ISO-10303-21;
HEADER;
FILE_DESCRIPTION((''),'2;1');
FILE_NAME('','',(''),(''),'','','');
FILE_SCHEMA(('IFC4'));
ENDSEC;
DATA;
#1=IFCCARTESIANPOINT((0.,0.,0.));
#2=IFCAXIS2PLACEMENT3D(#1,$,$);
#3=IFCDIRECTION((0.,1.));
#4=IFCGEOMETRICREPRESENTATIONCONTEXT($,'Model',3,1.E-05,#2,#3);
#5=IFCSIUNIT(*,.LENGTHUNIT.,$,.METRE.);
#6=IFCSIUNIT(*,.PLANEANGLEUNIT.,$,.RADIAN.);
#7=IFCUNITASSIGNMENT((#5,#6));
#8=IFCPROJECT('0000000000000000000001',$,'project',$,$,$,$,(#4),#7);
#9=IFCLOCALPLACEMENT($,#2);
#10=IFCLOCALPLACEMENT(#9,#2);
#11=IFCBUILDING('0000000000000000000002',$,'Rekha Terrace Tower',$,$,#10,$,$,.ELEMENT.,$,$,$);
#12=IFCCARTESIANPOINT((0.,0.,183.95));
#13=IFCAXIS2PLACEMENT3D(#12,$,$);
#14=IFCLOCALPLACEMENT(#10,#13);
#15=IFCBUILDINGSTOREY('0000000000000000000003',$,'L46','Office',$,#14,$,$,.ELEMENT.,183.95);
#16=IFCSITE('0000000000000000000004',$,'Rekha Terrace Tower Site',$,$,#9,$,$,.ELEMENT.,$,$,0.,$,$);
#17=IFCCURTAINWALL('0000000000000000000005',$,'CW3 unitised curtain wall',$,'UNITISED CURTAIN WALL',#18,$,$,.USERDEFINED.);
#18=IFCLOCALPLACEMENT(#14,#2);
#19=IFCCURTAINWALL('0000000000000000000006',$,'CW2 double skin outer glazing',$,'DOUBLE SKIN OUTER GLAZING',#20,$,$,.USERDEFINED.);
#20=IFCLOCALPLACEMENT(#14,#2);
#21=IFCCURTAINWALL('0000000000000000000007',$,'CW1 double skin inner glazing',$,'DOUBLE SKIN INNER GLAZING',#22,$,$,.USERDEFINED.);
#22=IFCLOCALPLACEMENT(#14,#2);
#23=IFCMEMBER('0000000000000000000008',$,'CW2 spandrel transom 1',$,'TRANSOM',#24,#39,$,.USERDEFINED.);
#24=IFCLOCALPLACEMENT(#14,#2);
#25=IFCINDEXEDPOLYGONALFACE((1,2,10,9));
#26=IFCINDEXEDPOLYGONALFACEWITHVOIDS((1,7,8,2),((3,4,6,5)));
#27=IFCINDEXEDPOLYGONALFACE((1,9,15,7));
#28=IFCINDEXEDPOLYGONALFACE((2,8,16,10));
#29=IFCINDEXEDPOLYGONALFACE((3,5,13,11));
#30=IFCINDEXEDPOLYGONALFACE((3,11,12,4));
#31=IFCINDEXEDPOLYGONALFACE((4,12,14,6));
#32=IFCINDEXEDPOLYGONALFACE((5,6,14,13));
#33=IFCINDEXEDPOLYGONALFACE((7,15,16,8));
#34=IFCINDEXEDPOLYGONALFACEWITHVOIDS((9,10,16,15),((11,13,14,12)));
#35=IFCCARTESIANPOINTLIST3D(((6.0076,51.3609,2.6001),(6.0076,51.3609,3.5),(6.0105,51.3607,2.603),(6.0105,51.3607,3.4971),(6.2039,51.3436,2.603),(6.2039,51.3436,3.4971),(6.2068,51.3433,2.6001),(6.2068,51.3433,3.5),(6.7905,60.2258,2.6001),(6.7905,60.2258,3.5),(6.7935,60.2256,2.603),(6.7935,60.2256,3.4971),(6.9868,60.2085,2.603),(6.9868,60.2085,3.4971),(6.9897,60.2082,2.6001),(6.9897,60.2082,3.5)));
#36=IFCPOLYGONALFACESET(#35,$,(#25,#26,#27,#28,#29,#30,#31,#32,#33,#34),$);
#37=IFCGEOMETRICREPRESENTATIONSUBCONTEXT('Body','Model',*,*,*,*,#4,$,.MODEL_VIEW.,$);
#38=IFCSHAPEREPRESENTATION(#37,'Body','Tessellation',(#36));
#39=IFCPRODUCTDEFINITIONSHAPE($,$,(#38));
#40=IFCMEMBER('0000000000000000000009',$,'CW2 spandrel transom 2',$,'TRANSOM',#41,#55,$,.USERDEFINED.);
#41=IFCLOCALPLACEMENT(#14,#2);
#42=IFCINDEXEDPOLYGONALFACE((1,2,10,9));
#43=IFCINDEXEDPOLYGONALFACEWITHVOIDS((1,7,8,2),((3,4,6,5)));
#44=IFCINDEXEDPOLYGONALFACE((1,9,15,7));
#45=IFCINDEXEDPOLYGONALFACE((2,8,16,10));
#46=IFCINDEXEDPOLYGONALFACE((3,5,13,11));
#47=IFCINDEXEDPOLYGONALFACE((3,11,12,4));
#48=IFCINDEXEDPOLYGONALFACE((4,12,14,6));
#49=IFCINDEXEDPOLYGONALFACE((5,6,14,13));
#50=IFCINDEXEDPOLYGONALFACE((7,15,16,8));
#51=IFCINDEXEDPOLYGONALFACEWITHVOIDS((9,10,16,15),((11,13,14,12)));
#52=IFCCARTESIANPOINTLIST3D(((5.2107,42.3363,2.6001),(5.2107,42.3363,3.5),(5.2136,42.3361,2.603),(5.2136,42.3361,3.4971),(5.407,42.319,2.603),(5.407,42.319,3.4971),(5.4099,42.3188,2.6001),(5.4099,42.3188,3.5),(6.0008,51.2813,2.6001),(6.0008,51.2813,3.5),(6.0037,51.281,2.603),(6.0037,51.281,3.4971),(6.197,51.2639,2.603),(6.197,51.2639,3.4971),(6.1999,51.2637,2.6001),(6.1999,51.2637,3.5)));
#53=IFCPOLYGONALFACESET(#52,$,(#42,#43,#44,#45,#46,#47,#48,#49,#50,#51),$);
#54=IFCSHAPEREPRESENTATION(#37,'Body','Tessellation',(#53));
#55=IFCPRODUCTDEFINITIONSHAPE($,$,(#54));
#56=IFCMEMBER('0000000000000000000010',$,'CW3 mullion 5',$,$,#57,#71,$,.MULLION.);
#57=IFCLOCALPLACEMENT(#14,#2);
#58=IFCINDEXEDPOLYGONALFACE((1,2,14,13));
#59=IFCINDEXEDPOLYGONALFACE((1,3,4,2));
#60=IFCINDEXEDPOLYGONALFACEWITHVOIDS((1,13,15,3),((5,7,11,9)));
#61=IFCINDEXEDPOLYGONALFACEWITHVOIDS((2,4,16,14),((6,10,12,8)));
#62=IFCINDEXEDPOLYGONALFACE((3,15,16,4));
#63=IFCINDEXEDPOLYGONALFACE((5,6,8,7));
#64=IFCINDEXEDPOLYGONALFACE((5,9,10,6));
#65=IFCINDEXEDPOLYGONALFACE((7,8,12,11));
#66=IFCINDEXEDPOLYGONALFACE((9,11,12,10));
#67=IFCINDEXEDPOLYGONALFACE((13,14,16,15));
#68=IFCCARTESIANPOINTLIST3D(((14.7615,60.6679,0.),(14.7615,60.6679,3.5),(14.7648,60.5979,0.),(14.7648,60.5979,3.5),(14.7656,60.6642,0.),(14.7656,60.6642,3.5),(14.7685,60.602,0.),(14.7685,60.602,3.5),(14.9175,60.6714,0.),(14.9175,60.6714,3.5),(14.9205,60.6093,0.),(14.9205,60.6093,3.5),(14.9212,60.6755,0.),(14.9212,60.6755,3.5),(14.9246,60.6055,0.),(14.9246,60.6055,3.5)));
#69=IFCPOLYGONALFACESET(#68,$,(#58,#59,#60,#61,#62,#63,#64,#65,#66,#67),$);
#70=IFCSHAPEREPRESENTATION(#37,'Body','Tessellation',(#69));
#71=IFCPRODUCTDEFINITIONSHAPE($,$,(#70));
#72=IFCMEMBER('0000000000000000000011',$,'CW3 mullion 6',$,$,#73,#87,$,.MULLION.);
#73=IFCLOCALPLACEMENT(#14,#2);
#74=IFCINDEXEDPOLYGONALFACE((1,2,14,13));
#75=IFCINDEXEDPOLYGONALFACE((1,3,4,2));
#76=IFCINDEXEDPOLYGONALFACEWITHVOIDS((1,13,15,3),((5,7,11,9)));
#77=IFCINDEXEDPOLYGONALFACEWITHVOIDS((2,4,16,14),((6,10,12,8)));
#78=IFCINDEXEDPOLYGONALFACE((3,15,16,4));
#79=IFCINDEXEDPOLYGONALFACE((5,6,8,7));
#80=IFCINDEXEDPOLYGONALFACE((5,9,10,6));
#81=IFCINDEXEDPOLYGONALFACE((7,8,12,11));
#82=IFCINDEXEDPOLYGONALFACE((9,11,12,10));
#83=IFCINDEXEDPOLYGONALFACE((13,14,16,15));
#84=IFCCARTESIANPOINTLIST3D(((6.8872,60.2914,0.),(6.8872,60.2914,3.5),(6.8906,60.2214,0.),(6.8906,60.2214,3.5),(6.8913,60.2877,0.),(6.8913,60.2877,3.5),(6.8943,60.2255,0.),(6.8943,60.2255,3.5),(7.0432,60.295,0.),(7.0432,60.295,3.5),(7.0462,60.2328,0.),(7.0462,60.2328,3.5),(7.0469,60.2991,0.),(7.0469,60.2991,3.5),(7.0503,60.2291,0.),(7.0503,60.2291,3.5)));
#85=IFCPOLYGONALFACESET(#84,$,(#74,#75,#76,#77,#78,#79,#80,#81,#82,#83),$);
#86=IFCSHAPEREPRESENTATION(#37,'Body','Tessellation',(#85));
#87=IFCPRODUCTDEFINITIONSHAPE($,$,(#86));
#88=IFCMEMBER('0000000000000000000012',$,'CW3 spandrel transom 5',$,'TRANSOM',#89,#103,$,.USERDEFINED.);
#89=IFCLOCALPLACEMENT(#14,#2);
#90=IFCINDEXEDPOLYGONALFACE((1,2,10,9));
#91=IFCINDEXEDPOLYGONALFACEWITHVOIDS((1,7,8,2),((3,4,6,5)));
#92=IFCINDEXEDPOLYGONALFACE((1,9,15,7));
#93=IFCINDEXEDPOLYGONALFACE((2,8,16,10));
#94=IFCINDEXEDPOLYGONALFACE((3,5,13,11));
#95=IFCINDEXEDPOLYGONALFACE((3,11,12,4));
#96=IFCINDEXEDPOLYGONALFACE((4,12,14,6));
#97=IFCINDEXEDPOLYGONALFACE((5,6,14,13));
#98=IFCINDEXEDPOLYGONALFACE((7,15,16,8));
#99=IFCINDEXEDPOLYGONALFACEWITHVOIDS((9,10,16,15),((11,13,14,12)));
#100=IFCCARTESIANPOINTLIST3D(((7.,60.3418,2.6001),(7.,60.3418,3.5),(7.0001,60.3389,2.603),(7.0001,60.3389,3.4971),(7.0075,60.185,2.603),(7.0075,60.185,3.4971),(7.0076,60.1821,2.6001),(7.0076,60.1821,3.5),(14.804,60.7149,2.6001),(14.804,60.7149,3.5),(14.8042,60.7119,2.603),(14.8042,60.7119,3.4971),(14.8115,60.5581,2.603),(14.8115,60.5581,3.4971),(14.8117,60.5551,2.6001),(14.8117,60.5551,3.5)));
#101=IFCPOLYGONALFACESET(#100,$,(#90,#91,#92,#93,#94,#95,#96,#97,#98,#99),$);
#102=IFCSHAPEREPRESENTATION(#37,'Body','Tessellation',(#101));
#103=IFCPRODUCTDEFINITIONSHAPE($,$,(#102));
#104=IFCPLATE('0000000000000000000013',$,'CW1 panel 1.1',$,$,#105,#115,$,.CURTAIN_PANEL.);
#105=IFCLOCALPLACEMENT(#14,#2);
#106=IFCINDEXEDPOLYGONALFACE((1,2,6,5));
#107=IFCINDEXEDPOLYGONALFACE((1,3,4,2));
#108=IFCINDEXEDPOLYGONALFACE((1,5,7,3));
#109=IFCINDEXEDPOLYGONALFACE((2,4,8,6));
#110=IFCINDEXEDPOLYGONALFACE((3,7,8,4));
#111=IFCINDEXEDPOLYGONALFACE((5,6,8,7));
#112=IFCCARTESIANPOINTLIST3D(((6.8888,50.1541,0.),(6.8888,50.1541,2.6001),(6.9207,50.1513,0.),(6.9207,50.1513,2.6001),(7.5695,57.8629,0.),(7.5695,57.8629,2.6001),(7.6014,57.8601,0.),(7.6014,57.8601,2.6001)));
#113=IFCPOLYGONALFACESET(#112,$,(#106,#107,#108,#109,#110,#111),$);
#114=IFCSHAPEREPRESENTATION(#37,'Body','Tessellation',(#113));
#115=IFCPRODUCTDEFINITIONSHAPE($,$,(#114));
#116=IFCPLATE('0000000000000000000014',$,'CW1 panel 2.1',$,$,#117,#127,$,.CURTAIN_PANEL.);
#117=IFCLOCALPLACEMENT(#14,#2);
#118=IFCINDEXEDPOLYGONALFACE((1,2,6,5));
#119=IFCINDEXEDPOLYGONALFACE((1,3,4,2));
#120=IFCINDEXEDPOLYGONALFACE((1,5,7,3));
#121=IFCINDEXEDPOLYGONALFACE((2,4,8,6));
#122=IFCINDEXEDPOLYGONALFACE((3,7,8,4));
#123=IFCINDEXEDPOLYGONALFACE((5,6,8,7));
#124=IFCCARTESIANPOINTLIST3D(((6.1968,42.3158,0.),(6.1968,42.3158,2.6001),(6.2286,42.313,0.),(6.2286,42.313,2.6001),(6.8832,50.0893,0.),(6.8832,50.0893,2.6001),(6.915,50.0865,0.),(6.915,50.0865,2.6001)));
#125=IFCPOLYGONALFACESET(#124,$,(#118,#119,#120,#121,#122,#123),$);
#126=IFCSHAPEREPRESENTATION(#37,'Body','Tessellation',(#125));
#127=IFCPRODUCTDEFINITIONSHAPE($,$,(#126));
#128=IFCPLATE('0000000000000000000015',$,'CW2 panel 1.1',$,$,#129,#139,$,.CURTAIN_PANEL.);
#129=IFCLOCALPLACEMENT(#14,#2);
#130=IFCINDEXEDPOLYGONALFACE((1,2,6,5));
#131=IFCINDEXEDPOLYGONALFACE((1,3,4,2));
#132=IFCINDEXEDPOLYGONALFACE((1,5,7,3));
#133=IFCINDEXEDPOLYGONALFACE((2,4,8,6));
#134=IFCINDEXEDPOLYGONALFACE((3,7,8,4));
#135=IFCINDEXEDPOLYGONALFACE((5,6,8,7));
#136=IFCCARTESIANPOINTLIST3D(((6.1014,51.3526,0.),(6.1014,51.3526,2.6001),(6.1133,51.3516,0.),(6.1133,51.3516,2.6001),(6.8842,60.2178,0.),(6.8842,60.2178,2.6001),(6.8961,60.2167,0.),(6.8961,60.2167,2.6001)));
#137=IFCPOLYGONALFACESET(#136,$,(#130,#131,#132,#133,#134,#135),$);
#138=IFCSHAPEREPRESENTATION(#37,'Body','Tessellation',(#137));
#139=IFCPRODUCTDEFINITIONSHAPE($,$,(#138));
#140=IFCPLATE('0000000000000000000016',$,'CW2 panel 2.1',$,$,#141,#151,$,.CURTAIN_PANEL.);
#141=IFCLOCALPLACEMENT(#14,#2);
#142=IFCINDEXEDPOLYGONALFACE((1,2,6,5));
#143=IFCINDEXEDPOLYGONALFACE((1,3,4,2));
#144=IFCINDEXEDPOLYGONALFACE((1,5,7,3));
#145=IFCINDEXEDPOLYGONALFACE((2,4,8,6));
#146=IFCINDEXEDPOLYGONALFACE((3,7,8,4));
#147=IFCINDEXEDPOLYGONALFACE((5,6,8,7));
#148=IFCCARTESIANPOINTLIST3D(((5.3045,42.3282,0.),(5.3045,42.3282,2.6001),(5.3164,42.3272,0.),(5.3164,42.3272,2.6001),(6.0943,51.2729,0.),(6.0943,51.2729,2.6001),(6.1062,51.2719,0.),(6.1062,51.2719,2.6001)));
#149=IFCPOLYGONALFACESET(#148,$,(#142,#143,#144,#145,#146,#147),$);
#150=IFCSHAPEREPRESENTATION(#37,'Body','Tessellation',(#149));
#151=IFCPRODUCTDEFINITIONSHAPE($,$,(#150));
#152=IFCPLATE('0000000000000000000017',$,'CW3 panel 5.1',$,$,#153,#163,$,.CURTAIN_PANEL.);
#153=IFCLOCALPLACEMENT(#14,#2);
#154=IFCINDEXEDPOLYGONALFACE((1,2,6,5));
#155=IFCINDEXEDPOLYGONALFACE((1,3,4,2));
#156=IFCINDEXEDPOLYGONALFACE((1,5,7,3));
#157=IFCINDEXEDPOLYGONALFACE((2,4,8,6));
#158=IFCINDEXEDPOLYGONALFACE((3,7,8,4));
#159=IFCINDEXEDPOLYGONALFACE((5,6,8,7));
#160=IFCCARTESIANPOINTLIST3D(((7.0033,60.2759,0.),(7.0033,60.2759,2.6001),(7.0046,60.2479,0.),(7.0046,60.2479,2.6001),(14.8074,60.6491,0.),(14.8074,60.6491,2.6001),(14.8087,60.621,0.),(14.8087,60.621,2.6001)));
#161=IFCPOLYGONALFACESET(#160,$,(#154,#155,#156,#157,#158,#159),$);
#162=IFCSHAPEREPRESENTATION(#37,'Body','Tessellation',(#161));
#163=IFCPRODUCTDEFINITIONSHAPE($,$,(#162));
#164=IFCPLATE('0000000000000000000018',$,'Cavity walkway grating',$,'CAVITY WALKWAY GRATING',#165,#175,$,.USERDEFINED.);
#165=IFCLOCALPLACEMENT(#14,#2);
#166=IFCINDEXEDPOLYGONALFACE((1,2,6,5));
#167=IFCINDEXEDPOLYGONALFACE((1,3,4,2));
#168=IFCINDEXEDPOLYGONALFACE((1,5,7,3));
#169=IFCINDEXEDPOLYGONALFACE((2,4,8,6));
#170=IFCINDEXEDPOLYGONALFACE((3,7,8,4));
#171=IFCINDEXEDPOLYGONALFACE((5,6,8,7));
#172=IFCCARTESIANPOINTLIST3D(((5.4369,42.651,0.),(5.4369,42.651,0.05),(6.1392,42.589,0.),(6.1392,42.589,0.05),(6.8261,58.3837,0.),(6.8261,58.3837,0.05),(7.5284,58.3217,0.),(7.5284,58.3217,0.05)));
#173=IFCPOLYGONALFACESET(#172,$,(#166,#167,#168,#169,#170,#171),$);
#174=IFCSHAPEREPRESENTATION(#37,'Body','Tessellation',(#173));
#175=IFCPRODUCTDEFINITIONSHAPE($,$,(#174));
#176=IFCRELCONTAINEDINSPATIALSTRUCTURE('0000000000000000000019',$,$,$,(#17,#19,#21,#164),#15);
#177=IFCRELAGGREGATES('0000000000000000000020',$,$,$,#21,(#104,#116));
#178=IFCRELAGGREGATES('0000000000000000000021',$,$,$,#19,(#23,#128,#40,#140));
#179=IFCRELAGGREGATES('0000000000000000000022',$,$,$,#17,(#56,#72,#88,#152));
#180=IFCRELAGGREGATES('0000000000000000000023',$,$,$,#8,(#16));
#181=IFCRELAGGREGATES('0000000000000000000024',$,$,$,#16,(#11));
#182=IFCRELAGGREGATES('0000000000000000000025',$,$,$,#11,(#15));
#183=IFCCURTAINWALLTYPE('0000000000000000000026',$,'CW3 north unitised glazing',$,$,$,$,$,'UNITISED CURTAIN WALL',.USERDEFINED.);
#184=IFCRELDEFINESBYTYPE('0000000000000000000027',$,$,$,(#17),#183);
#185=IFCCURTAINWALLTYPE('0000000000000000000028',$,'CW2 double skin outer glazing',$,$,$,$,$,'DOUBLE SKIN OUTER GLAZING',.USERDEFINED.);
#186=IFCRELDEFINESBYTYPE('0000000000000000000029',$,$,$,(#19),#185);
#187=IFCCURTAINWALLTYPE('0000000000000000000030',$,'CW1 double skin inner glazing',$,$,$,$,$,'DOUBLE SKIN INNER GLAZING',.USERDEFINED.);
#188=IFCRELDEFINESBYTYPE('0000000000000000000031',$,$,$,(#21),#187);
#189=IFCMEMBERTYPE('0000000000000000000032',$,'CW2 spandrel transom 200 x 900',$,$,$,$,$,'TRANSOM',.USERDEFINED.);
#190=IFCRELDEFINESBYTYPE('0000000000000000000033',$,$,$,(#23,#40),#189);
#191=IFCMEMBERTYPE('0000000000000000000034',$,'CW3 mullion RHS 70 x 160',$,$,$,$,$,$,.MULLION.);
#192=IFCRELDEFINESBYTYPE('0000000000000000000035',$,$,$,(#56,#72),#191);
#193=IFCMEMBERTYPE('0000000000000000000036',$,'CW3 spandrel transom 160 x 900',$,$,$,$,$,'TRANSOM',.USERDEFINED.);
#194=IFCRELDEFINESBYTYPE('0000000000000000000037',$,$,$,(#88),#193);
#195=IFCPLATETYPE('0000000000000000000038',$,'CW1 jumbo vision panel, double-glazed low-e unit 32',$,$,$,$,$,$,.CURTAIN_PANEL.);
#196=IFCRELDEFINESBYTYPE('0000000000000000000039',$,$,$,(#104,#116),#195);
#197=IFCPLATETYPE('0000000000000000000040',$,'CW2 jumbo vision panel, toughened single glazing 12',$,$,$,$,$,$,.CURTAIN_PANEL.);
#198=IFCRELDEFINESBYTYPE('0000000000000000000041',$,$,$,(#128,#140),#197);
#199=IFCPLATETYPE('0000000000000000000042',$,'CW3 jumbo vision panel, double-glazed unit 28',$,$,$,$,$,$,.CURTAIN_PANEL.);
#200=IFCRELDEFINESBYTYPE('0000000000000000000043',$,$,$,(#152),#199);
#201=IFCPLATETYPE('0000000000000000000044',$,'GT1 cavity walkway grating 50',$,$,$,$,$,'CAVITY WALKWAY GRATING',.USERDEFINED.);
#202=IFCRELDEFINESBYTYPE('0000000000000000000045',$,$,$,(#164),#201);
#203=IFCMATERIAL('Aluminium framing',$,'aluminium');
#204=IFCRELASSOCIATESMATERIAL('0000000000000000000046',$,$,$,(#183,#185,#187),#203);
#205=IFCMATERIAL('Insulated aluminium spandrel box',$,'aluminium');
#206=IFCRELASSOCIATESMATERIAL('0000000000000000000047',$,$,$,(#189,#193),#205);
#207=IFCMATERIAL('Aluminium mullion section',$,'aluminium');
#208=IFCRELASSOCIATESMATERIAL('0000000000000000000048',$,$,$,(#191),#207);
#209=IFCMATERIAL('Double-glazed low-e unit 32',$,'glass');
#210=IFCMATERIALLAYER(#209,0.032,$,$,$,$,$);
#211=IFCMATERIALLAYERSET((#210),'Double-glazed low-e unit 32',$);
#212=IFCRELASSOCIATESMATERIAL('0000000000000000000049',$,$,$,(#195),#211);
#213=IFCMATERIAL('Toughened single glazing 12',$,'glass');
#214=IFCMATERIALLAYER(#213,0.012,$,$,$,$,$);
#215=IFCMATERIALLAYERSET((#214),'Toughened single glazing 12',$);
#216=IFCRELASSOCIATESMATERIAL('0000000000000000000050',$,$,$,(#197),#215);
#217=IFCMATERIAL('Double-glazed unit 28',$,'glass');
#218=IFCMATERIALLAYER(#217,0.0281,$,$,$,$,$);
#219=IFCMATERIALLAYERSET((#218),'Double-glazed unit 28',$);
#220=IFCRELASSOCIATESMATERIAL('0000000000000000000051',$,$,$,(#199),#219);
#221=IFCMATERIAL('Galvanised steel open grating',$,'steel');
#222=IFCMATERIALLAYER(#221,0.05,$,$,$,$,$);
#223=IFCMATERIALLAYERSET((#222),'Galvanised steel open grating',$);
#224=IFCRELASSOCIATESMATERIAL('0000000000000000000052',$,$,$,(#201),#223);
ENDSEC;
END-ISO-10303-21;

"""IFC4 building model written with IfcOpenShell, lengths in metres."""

from ifc_helpers import new_model, si_unit, direction, frame, origin, origin_2d, place, context, subcontext, project, spatial, rectangle, hollow_rectangle, extrude, material, layer, layer_set, material_profile, profile_set, type_object, element, aggregate, save


model = new_model("IFC4")

# Units and contexts
model_context = context("Model", 3, precision=1e-05, world=origin(), true_north=direction((0.0, 1.0)))
body_context = subcontext(model_context, "Body", "Model", "MODEL_VIEW")
ifc_project = project(units=[si_unit("LENGTHUNIT", "METRE"), si_unit("PLANEANGLEUNIT", "RADIAN")], contexts=[model_context])

# Site, building, storey
site_placement = place(None, origin())
site = spatial("IfcSite", under=ifc_project, at=site_placement, Name="Rekha Terrace Tower Site", CompositionType="ELEMENT", RefElevation=0.0)
building_placement = place(site_placement, origin())
building = spatial("IfcBuilding", under=site, at=building_placement, Name="Rekha Terrace Tower", CompositionType="ELEMENT")
storey_placement = place(building_placement, frame((0.0, 0.0, 183.95)))
storey = spatial("IfcBuildingStorey", under=building, at=storey_placement, Name="L46", Description="Office", CompositionType="ELEMENT", Elevation=183.95)

# Curtain walls
ifc_material_1 = material(Name="Aluminium framing", Category="aluminium")
curtain_wall_type_1 = type_object("IfcCurtainWallType", Name="CW3 north unitised glazing", ElementType="UNITISED CURTAIN WALL", PredefinedType="USERDEFINED", material=ifc_material_1)
curtain_wall_1_placement = place(storey_placement, origin())
curtain_wall_1 = element("IfcCurtainWall", 1, at=curtain_wall_1_placement, inside=storey, type_object=curtain_wall_type_1, Name="CW3 unitised curtain wall", ObjectType="UNITISED CURTAIN WALL", PredefinedType="USERDEFINED")
curtain_wall_type_2 = type_object("IfcCurtainWallType", Name="CW2 double skin outer glazing", ElementType="DOUBLE SKIN OUTER GLAZING", PredefinedType="USERDEFINED", material=ifc_material_1)
curtain_wall_2_placement = place(storey_placement, origin())
curtain_wall_2 = element("IfcCurtainWall", 2, at=curtain_wall_2_placement, inside=storey, type_object=curtain_wall_type_2, Name="CW2 double skin outer glazing", ObjectType="DOUBLE SKIN OUTER GLAZING", PredefinedType="USERDEFINED")

# Curtain wall
curtain_wall_type_3 = type_object("IfcCurtainWallType", Name="CW1 double skin inner glazing", ElementType="DOUBLE SKIN INNER GLAZING", PredefinedType="USERDEFINED", material=ifc_material_1)
curtain_wall_3_placement = place(storey_placement, origin())
curtain_wall_3 = element("IfcCurtainWall", 3, at=curtain_wall_3_placement, inside=storey, type_object=curtain_wall_type_3, Name="CW1 double skin inner glazing", ObjectType="DOUBLE SKIN INNER GLAZING", PredefinedType="USERDEFINED")
ifc_material_2 = material(Name="Aluminium mullion section", Category="aluminium")
ifc_material_3 = material(Name="Insulated aluminium spandrel box", Category="aluminium")

# Members
ifc_material_profile_1 = material_profile(ifc_material_3, hollow_rectangle(XDim=0.2, YDim=0.8999, WallThickness=0.0029, at=origin_2d()), Name="AL SPANDREL BOX 200x900")
ifc_profile_set_1 = profile_set([ifc_material_profile_1], Name="Insulated aluminium spandrel box")
member_type_1 = type_object("IfcMemberType", Name="CW2 spandrel transom 200 x 900", ElementType="TRANSOM", PredefinedType="USERDEFINED", material=ifc_profile_set_1)
member_1_placement = place(storey_placement, frame((6.8901, 60.217, 3.05), z_axis=(-0.087978, -0.996122, 0.0), x_axis=(0.996122, -0.087978, 0.0)))
member_1 = element("IfcMember", 4, at=member_1_placement, type_object=member_type_1, Name="CW2 spandrel transom 1", ObjectType="TRANSOM", PredefinedType="USERDEFINED", context=body_context, shape_type="SweptSolid", body=[
    extrude(hollow_rectangle(XDim=0.2, YDim=0.8999, WallThickness=0.0029, at=origin_2d()), origin(), (0.0, 0.0, 1.0), 8.8994),
])
member_2_placement = place(storey_placement, frame((6.1003, 51.2725, 3.05), z_axis=(-0.087981, -0.996122, 0.0), x_axis=(0.996122, -0.087981, 0.0)))
member_2 = element("IfcMember", 5, at=member_2_placement, type_object=member_type_1, Name="CW2 spandrel transom 2", ObjectType="TRANSOM", PredefinedType="USERDEFINED", context=body_context, shape_type="SweptSolid", body=[
    extrude(hollow_rectangle(XDim=0.2, YDim=0.8999, WallThickness=0.0029, at=origin_2d()), origin(), (0.0, 0.0, 1.0), 8.9797),
])
ifc_material_profile_2 = material_profile(ifc_material_2, hollow_rectangle(XDim=0.0701, YDim=0.1599, WallThickness=0.0039, at=origin_2d()), Name="AL RHS 70x160")
ifc_profile_set_2 = profile_set([ifc_material_profile_2], Name="Aluminium mullion section")
member_type_2 = type_object("IfcMemberType", Name="CW3 mullion RHS 70 x 160", PredefinedType="MULLION", material=ifc_profile_set_2)
member_3_placement = place(storey_placement, frame((14.843, 60.6367, 0.0), z_axis=(0.0, 0.0, 1.0), x_axis=(0.047759, -0.998859, 0.0)))
member_3 = element("IfcMember", 6, at=member_3_placement, type_object=member_type_2, Name="CW3 mullion 5", PredefinedType="MULLION", context=body_context, shape_type="SweptSolid", body=[
    extrude(hollow_rectangle(XDim=0.0701, YDim=0.1599, WallThickness=0.0039, at=origin_2d()), origin(), (0.0, 0.0, 1.0), 3.5),
])
member_4_placement = place(storey_placement, frame((6.9688, 60.2603, 0.0), z_axis=(0.0, 0.0, 1.0), x_axis=(0.047759, -0.998859, 0.0)))
member_4 = element("IfcMember", 7, at=member_4_placement, type_object=member_type_2, Name="CW3 mullion 6", PredefinedType="MULLION", context=body_context, shape_type="SweptSolid", body=[
    extrude(hollow_rectangle(XDim=0.0701, YDim=0.1599, WallThickness=0.0039, at=origin_2d()), origin(), (0.0, 0.0, 1.0), 3.5),
])
ifc_material_profile_3 = material_profile(ifc_material_3, hollow_rectangle(XDim=0.1599, YDim=0.8999, WallThickness=0.0029, at=origin_2d()), Name="AL SPANDREL BOX 160x900")
ifc_profile_set_3 = profile_set([ifc_material_profile_3], Name="Insulated aluminium spandrel box")
member_type_3 = type_object("IfcMemberType", Name="CW3 spandrel transom 160 x 900", ElementType="TRANSOM", PredefinedType="USERDEFINED", material=ifc_profile_set_3)
member_5_placement = place(storey_placement, frame((14.8079, 60.635, 3.05), z_axis=(-0.998859, -0.047748, 0.0), x_axis=(0.047748, -0.998859, 0.0)))
member_5 = element("IfcMember", 8, at=member_5_placement, type_object=member_type_3, Name="CW3 spandrel transom 5", ObjectType="TRANSOM", PredefinedType="USERDEFINED", context=body_context, shape_type="SweptSolid", body=[
    extrude(hollow_rectangle(XDim=0.1599, YDim=0.8999, WallThickness=0.0029, at=origin_2d()), origin(), (0.0, 0.0, 1.0), 7.813),
])

# Plates
ifc_material_4 = material(Name="Double-glazed low-e unit 32", Category="glass")
ifc_layer_1 = layer(ifc_material_4, 0.032)
ifc_layer_set_1 = layer_set([ifc_layer_1], Name="Double-glazed low-e unit 32")
plate_type_1 = type_object("IfcPlateType", Name="CW1 jumbo vision panel, double-glazed low-e unit 32", PredefinedType="CURTAIN_PANEL", material=ifc_layer_set_1)
plate_1_placement = place(storey_placement, frame((7.2451, 54.0071, 0.0), z_axis=(0.0, 0.0, 1.0), x_axis=(-0.087958, -0.996124, 0.0)))
plate_1 = element("IfcPlate", 9, at=plate_1_placement, type_object=plate_type_1, Name="CW1 panel 1.1", PredefinedType="CURTAIN_PANEL", context=body_context, shape_type="SweptSolid", body=[
    extrude(rectangle(XDim=7.7388, YDim=0.032, at=origin_2d()), origin(), (0.0, 0.0, 1.0), 2.6001),
])
plate_2_placement = place(storey_placement, frame((6.5559, 46.2012, 0.0), z_axis=(0.0, 0.0, 1.0), x_axis=(-0.087958, -0.996124, 0.0)))
plate_2 = element("IfcPlate", 10, at=plate_2_placement, type_object=plate_type_1, Name="CW1 panel 2.1", PredefinedType="CURTAIN_PANEL", context=body_context, shape_type="SweptSolid", body=[
    extrude(rectangle(XDim=7.8037, YDim=0.032, at=origin_2d()), origin(), (0.0, 0.0, 1.0), 2.6001),
])
aggregate(curtain_wall_3, [plate_1, plate_2])
ifc_material_5 = material(Name="Toughened single glazing 12", Category="glass")
ifc_layer_2 = layer(ifc_material_5, 0.012)
ifc_layer_set_2 = layer_set([ifc_layer_2], Name="Toughened single glazing 12")
plate_type_2 = type_object("IfcPlateType", Name="CW2 jumbo vision panel, toughened single glazing 12", PredefinedType="CURTAIN_PANEL", material=ifc_layer_set_2)
plate_3_placement = place(storey_placement, frame((6.4988, 55.7847, 0.0), z_axis=(0.0, 0.0, 1.0), x_axis=(-0.087958, -0.996124, 0.0)))
plate_3 = element("IfcPlate", 11, at=plate_3_placement, type_object=plate_type_2, Name="CW2 panel 1.1", PredefinedType="CURTAIN_PANEL", context=body_context, shape_type="SweptSolid", body=[
    extrude(rectangle(XDim=8.8997, YDim=0.012, at=origin_2d()), origin(), (0.0, 0.0, 1.0), 2.6001),
])
plate_4_placement = place(storey_placement, frame((5.7053, 46.8, 0.0), z_axis=(0.0, 0.0, 1.0), x_axis=(-0.087958, -0.996124, 0.0)))
plate_4 = element("IfcPlate", 12, at=plate_4_placement, type_object=plate_type_2, Name="CW2 panel 2.1", PredefinedType="CURTAIN_PANEL", context=body_context, shape_type="SweptSolid", body=[
    extrude(rectangle(XDim=8.9795, YDim=0.012, at=origin_2d()), origin(), (0.0, 0.0, 1.0), 2.6001),
])
aggregate(curtain_wall_2, [member_1, plate_3, member_2, plate_4])
ifc_material_6 = material(Name="Double-glazed unit 28", Category="glass")
ifc_layer_3 = layer(ifc_material_6, 0.0281)
ifc_layer_set_3 = layer_set([ifc_layer_3], Name="Double-glazed unit 28")
plate_type_3 = type_object("IfcPlateType", Name="CW3 jumbo vision panel, double-glazed unit 28", PredefinedType="CURTAIN_PANEL", material=ifc_layer_set_3)
plate_5_placement = place(storey_placement, frame((10.906, 60.4485, 0.0), z_axis=(0.0, 0.0, 1.0), x_axis=(-0.998859, -0.047759, 0.0)))
plate_5 = element("IfcPlate", 13, at=plate_5_placement, type_object=plate_type_3, Name="CW3 panel 5.1", PredefinedType="CURTAIN_PANEL", context=body_context, shape_type="SweptSolid", body=[
    extrude(rectangle(XDim=7.813, YDim=0.0281, at=origin_2d()), origin(), (0.0, 0.0, 1.0), 2.6001),
])
aggregate(curtain_wall_1, [member_3, member_4, member_5, plate_5])
ifc_material_7 = material(Name="Galvanised steel open grating", Category="steel")
ifc_layer_4 = layer(ifc_material_7, 0.05)
ifc_layer_set_4 = layer_set([ifc_layer_4], Name="Galvanised steel open grating")
plate_type_4 = type_object("IfcPlateType", Name="GT1 cavity walkway grating 50", ElementType="CAVITY WALKWAY GRATING", PredefinedType="USERDEFINED", material=ifc_layer_set_4)
plate_6_placement = place(storey_placement, frame((6.4827, 50.4863, 0.0), z_axis=(0.0, 0.0, 1.0), x_axis=(-0.087958, -0.996124, 0.0)))
element("IfcPlate", 14, at=plate_6_placement, inside=storey, type_object=plate_type_4, Name="Cavity walkway grating", ObjectType="CAVITY WALKWAY GRATING", PredefinedType="USERDEFINED", context=body_context, shape_type="SweptSolid", body=[
    extrude(rectangle(XDim=15.7939, YDim=0.7051, at=origin_2d()), origin(), (0.0, 0.0, 1.0), 0.05),
])

save(model, "model.ifc")
